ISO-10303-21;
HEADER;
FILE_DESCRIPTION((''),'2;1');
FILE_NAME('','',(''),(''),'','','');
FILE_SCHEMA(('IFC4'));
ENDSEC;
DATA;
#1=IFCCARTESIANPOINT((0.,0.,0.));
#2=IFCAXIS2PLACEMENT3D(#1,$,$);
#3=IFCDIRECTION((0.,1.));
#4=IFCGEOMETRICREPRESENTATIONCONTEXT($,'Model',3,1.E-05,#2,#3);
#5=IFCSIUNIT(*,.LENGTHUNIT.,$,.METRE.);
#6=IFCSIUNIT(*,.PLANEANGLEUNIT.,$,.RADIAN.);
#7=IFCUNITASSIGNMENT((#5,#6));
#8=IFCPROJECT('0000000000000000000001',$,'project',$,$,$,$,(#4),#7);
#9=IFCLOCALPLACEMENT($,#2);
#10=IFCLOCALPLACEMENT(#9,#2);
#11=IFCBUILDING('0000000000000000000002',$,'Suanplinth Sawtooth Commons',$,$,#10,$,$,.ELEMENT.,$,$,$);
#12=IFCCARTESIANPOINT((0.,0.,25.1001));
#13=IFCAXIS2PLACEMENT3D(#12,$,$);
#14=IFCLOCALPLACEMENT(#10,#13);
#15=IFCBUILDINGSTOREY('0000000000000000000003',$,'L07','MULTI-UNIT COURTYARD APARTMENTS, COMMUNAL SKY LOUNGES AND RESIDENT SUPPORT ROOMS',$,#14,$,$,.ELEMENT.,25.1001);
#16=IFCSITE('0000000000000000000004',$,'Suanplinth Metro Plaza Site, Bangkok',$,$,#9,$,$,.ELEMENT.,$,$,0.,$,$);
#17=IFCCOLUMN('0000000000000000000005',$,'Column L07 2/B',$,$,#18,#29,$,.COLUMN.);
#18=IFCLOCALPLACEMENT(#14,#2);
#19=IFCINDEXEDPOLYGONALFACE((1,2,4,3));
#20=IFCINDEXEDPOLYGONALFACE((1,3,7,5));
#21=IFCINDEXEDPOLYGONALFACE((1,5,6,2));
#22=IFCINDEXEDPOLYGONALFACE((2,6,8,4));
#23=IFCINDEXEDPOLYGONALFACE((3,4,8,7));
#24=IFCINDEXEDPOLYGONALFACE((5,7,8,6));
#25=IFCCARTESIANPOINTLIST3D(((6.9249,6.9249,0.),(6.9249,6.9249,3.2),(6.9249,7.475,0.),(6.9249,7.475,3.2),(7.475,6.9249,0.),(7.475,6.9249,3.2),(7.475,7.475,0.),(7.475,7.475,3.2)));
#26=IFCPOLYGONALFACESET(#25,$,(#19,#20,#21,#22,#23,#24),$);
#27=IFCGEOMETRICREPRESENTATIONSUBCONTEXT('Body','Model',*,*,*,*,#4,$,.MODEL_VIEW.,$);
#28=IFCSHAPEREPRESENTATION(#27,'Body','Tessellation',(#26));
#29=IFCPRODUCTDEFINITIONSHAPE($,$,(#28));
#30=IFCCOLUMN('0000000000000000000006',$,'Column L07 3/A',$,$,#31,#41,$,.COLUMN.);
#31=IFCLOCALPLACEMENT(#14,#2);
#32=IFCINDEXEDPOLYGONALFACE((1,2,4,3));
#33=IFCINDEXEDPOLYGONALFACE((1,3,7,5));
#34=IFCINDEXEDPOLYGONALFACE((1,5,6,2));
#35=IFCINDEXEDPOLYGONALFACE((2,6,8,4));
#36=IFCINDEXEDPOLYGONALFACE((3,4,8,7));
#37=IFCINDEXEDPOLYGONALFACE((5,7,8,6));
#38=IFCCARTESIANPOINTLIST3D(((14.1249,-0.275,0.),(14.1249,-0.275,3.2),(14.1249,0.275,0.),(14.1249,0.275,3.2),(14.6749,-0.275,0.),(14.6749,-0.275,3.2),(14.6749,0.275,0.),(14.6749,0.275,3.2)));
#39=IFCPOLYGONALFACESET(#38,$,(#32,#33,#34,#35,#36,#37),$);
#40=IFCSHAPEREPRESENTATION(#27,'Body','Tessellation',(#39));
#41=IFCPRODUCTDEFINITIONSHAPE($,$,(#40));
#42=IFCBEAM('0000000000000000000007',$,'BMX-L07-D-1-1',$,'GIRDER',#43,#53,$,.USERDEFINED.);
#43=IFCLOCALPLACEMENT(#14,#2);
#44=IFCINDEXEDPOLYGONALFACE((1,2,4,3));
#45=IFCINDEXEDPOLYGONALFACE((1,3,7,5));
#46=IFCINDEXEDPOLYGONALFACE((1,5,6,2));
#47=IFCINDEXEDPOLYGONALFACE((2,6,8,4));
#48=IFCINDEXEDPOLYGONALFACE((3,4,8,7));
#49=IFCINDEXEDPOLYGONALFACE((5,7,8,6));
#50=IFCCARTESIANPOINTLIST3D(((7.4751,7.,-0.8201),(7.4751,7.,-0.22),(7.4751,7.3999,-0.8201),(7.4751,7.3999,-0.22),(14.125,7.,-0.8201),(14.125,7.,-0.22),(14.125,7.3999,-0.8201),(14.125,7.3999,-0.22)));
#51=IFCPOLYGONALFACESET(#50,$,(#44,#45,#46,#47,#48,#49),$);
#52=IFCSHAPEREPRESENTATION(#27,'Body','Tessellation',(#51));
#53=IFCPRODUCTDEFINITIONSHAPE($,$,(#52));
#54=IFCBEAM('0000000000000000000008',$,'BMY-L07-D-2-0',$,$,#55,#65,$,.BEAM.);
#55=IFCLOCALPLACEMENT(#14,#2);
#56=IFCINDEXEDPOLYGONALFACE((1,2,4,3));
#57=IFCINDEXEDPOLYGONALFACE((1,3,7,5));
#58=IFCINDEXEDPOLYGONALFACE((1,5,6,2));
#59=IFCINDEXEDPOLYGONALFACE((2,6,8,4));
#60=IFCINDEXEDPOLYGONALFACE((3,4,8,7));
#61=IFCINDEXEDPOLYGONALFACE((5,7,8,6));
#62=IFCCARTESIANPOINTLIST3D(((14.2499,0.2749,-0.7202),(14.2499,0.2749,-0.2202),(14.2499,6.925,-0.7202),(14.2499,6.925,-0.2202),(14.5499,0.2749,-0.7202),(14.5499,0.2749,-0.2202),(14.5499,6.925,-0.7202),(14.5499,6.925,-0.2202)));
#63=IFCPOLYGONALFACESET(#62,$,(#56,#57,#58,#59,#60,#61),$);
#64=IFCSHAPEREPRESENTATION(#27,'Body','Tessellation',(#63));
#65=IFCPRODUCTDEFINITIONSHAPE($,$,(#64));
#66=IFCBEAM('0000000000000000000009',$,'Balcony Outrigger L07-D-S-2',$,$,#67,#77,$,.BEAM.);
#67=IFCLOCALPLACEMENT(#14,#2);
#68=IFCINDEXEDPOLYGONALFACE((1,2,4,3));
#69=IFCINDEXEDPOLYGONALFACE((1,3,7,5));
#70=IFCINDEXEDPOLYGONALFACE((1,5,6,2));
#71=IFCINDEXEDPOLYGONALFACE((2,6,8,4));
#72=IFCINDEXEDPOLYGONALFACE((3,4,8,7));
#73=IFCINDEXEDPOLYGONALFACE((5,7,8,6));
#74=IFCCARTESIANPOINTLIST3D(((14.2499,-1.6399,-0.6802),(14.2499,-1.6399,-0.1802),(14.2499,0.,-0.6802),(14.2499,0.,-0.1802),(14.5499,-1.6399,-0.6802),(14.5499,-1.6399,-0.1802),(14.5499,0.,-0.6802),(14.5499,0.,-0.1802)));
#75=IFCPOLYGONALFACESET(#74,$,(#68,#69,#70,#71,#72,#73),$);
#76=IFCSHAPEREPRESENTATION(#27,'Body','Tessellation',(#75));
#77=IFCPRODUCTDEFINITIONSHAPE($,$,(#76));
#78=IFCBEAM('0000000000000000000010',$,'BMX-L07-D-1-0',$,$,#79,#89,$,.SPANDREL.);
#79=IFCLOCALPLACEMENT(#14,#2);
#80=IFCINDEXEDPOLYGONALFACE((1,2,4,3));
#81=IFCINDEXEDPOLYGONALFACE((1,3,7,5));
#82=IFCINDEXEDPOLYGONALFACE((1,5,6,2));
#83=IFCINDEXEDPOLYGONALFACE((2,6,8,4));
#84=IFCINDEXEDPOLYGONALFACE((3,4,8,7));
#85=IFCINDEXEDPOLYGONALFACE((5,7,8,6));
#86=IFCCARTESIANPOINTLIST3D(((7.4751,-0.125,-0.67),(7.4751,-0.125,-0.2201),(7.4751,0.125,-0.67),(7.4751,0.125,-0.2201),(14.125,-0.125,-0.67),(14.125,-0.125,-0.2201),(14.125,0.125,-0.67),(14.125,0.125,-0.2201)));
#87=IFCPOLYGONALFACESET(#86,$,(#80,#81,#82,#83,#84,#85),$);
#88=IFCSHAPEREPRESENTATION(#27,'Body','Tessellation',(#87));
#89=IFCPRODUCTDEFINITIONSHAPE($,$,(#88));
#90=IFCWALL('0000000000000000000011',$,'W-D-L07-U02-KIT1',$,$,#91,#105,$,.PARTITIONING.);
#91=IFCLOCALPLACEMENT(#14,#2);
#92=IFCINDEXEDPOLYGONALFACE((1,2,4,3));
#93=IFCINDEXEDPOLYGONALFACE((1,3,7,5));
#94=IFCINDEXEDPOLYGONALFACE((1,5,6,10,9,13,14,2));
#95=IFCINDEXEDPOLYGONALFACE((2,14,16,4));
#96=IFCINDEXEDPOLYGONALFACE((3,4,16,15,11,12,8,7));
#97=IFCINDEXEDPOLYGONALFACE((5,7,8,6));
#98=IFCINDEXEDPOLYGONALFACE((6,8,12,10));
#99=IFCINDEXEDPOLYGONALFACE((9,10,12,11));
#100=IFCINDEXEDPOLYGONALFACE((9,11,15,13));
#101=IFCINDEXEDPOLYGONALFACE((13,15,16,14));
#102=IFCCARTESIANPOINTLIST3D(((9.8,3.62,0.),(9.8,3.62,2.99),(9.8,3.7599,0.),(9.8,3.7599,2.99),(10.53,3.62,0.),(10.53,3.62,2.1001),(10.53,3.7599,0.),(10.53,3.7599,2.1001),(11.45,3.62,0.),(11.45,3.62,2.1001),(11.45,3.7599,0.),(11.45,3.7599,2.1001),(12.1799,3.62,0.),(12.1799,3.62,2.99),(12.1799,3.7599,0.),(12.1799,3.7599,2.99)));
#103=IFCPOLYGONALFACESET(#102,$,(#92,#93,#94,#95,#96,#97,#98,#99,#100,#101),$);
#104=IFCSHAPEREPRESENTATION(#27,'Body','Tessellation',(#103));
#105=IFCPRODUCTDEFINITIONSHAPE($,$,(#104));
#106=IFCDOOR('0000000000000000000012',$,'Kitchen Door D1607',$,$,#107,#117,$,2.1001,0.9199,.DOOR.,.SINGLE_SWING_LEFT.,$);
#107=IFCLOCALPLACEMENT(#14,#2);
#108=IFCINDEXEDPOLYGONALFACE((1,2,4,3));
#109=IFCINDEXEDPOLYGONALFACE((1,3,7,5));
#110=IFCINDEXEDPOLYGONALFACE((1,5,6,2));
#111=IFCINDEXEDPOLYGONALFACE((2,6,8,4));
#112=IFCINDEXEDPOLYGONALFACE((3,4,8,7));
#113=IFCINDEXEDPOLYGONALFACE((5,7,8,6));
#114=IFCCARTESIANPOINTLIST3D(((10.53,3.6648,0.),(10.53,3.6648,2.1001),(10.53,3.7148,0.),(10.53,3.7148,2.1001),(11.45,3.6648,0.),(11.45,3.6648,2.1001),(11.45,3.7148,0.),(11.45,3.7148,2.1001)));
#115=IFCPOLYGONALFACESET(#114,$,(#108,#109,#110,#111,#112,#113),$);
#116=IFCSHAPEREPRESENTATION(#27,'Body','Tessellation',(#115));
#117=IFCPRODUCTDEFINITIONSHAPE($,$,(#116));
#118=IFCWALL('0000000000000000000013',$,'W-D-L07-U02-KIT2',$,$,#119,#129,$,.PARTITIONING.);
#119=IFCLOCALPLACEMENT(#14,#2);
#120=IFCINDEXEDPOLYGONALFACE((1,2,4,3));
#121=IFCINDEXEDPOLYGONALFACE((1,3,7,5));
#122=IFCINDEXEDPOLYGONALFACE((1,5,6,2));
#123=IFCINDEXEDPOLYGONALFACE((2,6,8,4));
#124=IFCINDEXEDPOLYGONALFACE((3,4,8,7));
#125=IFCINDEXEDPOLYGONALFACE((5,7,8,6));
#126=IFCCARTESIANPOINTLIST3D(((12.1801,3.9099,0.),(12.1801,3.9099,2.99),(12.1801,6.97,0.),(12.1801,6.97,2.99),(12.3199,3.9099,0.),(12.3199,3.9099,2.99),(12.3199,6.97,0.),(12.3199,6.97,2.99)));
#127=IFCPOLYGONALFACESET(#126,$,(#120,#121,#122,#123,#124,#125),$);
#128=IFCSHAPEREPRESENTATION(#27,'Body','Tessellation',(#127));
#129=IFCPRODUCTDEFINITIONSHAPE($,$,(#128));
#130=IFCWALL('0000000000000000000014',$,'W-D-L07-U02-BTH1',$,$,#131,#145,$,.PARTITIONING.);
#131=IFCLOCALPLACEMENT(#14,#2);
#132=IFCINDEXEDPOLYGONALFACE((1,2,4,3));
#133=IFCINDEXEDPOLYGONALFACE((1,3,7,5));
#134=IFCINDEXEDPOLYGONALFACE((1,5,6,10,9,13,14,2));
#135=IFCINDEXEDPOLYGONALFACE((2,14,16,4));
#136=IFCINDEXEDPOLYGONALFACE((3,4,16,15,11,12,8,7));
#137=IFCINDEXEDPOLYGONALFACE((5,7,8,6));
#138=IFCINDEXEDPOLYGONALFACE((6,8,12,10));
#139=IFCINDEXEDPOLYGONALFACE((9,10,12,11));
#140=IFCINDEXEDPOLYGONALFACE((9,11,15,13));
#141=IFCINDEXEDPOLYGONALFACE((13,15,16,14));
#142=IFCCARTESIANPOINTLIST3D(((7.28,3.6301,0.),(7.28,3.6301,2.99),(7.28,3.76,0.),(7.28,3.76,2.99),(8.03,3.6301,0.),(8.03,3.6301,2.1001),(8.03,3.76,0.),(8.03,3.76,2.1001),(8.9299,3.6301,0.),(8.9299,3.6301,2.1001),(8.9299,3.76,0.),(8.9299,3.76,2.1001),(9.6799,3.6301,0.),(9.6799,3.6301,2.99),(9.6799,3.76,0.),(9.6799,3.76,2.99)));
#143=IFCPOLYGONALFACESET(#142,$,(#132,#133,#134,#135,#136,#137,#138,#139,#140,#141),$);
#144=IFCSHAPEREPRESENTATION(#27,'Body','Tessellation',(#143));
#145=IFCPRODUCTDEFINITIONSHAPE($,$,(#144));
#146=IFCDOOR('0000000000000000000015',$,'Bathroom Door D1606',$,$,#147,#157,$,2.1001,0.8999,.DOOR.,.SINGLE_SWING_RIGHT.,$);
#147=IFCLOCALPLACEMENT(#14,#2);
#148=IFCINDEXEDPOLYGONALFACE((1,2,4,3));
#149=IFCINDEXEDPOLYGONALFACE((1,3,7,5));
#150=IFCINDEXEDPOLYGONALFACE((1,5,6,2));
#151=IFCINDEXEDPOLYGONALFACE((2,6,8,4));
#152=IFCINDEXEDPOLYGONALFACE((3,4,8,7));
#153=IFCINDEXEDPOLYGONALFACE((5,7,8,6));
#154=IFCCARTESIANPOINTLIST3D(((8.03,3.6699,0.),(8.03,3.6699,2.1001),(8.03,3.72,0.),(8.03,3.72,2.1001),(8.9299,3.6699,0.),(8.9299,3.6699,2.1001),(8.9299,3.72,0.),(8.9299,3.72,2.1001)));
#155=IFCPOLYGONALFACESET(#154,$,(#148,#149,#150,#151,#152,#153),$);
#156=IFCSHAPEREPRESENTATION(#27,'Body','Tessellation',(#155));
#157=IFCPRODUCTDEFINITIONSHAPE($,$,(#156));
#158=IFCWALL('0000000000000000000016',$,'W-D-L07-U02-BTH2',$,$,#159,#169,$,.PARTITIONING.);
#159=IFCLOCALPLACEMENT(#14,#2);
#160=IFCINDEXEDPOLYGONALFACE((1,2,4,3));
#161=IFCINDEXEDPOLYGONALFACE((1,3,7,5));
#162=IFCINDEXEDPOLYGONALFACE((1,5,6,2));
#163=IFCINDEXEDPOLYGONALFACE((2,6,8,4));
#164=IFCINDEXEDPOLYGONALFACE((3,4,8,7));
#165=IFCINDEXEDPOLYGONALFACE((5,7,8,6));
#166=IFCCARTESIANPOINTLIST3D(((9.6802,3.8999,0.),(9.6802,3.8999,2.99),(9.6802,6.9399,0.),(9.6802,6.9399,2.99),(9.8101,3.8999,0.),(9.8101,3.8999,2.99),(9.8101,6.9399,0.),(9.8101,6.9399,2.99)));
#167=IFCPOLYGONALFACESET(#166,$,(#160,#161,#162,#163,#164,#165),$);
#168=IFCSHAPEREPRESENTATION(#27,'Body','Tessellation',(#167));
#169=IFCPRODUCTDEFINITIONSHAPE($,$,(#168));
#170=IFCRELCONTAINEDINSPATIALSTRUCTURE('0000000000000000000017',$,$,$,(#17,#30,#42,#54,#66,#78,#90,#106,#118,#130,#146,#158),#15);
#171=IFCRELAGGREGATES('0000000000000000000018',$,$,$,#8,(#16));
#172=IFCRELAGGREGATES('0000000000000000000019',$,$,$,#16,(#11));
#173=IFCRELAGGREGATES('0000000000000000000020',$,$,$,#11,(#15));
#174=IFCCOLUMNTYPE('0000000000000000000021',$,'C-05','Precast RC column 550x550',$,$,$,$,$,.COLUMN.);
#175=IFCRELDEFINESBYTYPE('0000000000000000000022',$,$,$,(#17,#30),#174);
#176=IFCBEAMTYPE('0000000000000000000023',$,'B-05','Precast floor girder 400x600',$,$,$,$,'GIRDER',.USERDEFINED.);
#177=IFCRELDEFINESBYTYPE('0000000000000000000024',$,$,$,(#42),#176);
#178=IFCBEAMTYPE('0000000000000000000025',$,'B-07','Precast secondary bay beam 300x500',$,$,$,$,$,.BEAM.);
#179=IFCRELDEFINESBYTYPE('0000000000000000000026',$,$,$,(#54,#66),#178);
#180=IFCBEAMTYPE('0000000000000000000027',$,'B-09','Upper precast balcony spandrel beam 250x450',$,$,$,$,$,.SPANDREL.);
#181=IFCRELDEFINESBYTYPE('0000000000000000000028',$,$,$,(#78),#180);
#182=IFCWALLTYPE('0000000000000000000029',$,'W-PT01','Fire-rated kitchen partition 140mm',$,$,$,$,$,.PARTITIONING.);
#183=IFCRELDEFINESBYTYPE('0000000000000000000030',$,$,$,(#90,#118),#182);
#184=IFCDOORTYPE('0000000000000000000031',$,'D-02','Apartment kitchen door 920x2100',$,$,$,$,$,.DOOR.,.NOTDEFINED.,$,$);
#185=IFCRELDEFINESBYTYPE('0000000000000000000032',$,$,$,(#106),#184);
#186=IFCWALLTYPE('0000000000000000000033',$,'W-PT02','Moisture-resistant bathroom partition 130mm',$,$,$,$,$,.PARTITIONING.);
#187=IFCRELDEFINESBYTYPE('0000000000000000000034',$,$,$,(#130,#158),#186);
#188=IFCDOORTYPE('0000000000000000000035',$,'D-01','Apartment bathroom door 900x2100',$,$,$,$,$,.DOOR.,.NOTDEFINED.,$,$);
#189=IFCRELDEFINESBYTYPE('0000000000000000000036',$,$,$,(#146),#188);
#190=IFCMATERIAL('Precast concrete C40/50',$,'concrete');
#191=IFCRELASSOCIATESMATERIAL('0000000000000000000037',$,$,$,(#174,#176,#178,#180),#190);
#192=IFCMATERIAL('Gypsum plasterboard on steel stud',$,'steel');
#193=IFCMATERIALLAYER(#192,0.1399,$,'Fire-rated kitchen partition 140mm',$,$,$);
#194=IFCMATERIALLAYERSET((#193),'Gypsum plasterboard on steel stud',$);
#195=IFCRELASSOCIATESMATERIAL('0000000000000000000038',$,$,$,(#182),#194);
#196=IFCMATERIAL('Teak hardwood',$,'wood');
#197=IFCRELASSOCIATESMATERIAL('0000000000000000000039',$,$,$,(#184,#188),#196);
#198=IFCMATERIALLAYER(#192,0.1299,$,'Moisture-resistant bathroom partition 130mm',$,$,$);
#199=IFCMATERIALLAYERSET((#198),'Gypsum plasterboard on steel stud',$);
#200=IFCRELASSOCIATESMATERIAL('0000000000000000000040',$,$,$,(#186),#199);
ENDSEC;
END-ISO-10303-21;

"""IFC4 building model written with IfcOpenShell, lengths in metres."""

from ifc_helpers import new_model, si_unit, direction, frame, frame_2d, origin, origin_2d, place, context, subcontext, project, spatial, rectangle, extrude, material, layer, layer_set, material_profile, profile_set, type_object, element, fill, save


model = new_model("IFC4")

# Units and contexts
model_context = context("Model", 3, precision=1e-05, world=origin(), true_north=direction((0.0, 1.0)))
body_context = subcontext(model_context, "Body", "Model", "MODEL_VIEW")
ifc_project = project(units=[si_unit("LENGTHUNIT", "METRE"), si_unit("PLANEANGLEUNIT", "RADIAN")], contexts=[model_context])

# Site, building, storey
site_placement = place(None, origin())
site = spatial("IfcSite", under=ifc_project, at=site_placement, Name="Suanplinth Metro Plaza Site, Bangkok", CompositionType="ELEMENT", RefElevation=0.0)
building_placement = place(site_placement, origin())
building = spatial("IfcBuilding", under=site, at=building_placement, Name="Suanplinth Sawtooth Commons", CompositionType="ELEMENT")
storey_placement = place(building_placement, frame((0.0, 0.0, 25.1001)))
storey = spatial("IfcBuildingStorey", under=building, at=storey_placement, Name="L07", Description="MULTI-UNIT COURTYARD APARTMENTS, COMMUNAL SKY LOUNGES AND RESIDENT SUPPORT ROOMS", CompositionType="ELEMENT", Elevation=25.1001)

# Columns
ifc_material_1 = material(Name="Precast concrete C40/50", Category="concrete")
ifc_material_profile_1 = material_profile(ifc_material_1, rectangle(XDim=0.55, YDim=0.55, at=origin_2d()), Name="PC-COL 550x550")
ifc_profile_set_1 = profile_set([ifc_material_profile_1], Name="Precast concrete C40/50")
column_type = type_object("IfcColumnType", Name="C-05", Description="Precast RC column 550x550", PredefinedType="COLUMN", material=ifc_profile_set_1)
for number, where, z_axis, x_axis, name in (
    (1, (7.2, 7.2, 0.0), (0.0, 0.0, 1.0), (1.0, 0.0, 0.0), "Column L07 2/B"),
    (2, (14.3999, 0.0, 0.0), (0.0, 0.0, 1.0), (1.0, 0.0, 0.0), "Column L07 3/A"),
):
    element("IfcColumn", number, at=place(storey_placement, frame(where, z_axis=z_axis, x_axis=x_axis)), inside=storey, type_object=column_type, Name=name, PredefinedType="COLUMN", context=body_context, shape_type="SweptSolid", body=[
        extrude(rectangle(XDim=0.55, YDim=0.55, at=origin_2d()), origin(), (0.0, 0.0, 1.0), 3.2),
    ])

# Beams
ifc_material_profile_2 = material_profile(ifc_material_1, rectangle(XDim=0.3999, YDim=0.6001, at=origin_2d()), Name="PC-GDR 400x600")
ifc_profile_set_2 = profile_set([ifc_material_profile_2], Name="Precast concrete C40/50")
beam_type_1 = type_object("IfcBeamType", Name="B-05", Description="Precast floor girder 400x600", ElementType="GIRDER", PredefinedType="USERDEFINED", material=ifc_profile_set_2)
beam_1_placement = place(storey_placement, frame((7.4751, 7.2, -0.52), z_axis=(1.0, 0.0, 0.0), x_axis=(0.0, 1.0, 0.0)))
element("IfcBeam", 3, at=beam_1_placement, inside=storey, type_object=beam_type_1, Name="BMX-L07-D-1-1", ObjectType="GIRDER", PredefinedType="USERDEFINED", context=body_context, shape_type="SweptSolid", body=[
    extrude(rectangle(XDim=0.3999, YDim=0.6001, at=origin_2d()), origin(), (0.0, 0.0, 1.0), 6.6499),
])
ifc_material_profile_3 = material_profile(ifc_material_1, rectangle(XDim=0.3, YDim=0.5, at=origin_2d()), Name="PC-BM 300x500")
ifc_profile_set_3 = profile_set([ifc_material_profile_3], Name="Precast concrete C40/50")
beam_type_2 = type_object("IfcBeamType", Name="B-07", Description="Precast secondary bay beam 300x500", PredefinedType="BEAM", material=ifc_profile_set_3)
beam_2_placement = place(storey_placement, frame((14.3999, 0.2749, -0.4702), z_axis=(0.0, 1.0, 0.0), x_axis=(-1.0, 0.0, 0.0)))
element("IfcBeam", 4, at=beam_2_placement, inside=storey, type_object=beam_type_2, Name="BMY-L07-D-2-0", PredefinedType="BEAM", context=body_context, shape_type="SweptSolid", body=[
    extrude(rectangle(XDim=0.3, YDim=0.5, at=origin_2d()), origin(), (0.0, 0.0, 1.0), 6.6501),
])
beam_3_placement = place(storey_placement, frame((14.3999, 0.0, -0.4302), z_axis=(0.0, -1.0, 0.0), x_axis=(1.0, 0.0, 0.0)))
element("IfcBeam", 5, at=beam_3_placement, inside=storey, type_object=beam_type_2, Name="Balcony Outrigger L07-D-S-2", PredefinedType="BEAM", context=body_context, shape_type="SweptSolid", body=[
    extrude(rectangle(XDim=0.3, YDim=0.5, at=origin_2d()), origin(), (0.0, 0.0, 1.0), 1.6399),
])
ifc_material_profile_4 = material_profile(ifc_material_1, rectangle(XDim=0.25, YDim=0.45, at=origin_2d()), Name="PC-SP 250x450")
ifc_profile_set_4 = profile_set([ifc_material_profile_4], Name="Precast concrete C40/50")
beam_type_3 = type_object("IfcBeamType", Name="B-09", Description="Upper precast balcony spandrel beam 250x450", PredefinedType="SPANDREL", material=ifc_profile_set_4)
beam_4_placement = place(storey_placement, frame((7.4751, 0.0, -0.4451), z_axis=(1.0, 0.0, 0.0), x_axis=(0.0, 1.0, 0.0)))
element("IfcBeam", 6, at=beam_4_placement, inside=storey, type_object=beam_type_3, Name="BMX-L07-D-1-0", PredefinedType="SPANDREL", context=body_context, shape_type="SweptSolid", body=[
    extrude(rectangle(XDim=0.25, YDim=0.45, at=origin_2d()), origin(), (0.0, 0.0, 1.0), 6.6499),
])

# Wall, opening, door
ifc_material_2 = material(Name="Gypsum plasterboard on steel stud", Category="steel")
ifc_layer_1 = layer(ifc_material_2, 0.1399, Name="Fire-rated kitchen partition 140mm")
ifc_layer_set_1 = layer_set([ifc_layer_1], Name="Gypsum plasterboard on steel stud")
wall_type_1 = type_object("IfcWallType", Name="W-PT01", Description="Fire-rated kitchen partition 140mm", PredefinedType="PARTITIONING", material=ifc_layer_set_1)
wall_1_placement = place(storey_placement, frame((9.8, 3.6899, 0.0), z_axis=(0.0, 0.0, 1.0), x_axis=(1.0, 0.0, 0.0)))
wall_1 = element("IfcWall", 7, at=wall_1_placement, inside=storey, type_object=wall_type_1, Name="W-D-L07-U02-KIT1", PredefinedType="PARTITIONING", context=body_context, shape_type="SweptSolid", body=[
    extrude(rectangle(XDim=2.3799, YDim=0.1399, at=frame_2d((1.1899, 0.0))), origin(), (0.0, 0.0, 1.0), 2.99),
])
opening_1_placement = place(wall_1_placement, frame((0.73, 0.0, 0.0)))
opening_1 = element("IfcOpeningElement", 8, at=opening_1_placement, cuts=wall_1, PredefinedType="OPENING", context=body_context, shape_type="SweptSolid", body=[
    extrude(rectangle(XDim=0.9199, YDim=2.1001, at=frame_2d((0.46, 1.05))), frame((0.0, 0.085, 0.0), z_axis=(0.0, -1.0, 0.0), x_axis=(1.0, 0.0, 0.0)), (0.0, 0.0, 1.0), 0.1697),
])
ifc_material_3 = material(Name="Teak hardwood", Category="wood")
door_type_1 = type_object("IfcDoorType", Name="D-02", Description="Apartment kitchen door 920x2100", OperationType="NOTDEFINED", PredefinedType="DOOR", material=ifc_material_3)
door_1_placement = place(opening_1_placement, origin())
door_1 = element("IfcDoor", 9, at=door_1_placement, inside=storey, type_object=door_type_1, Name="Kitchen Door D1607", OperationType="SINGLE_SWING_LEFT", OverallHeight=2.1001, OverallWidth=0.9199, PredefinedType="DOOR", context=body_context, shape_type="SweptSolid", body=[
    extrude(rectangle(XDim=0.9199, YDim=2.1001, at=frame_2d((0.46, 1.05))), frame((0.0, 0.0249, 0.0), z_axis=(0.0, -1.0, 0.0), x_axis=(1.0, 0.0, 0.0)), (0.0, 0.0, 1.0), 0.05),
])
fill(opening_1, door_1)

# Wall
wall_2_placement = place(storey_placement, frame((12.25, 3.9099, 0.0), z_axis=(0.0, 0.0, 1.0), x_axis=(0.0, 1.0, 0.0)))
element("IfcWall", 10, at=wall_2_placement, inside=storey, type_object=wall_type_1, Name="W-D-L07-U02-KIT2", PredefinedType="PARTITIONING", context=body_context, shape_type="SweptSolid", body=[
    extrude(rectangle(XDim=3.0601, YDim=0.1399, at=frame_2d((1.53, 0.0))), origin(), (0.0, 0.0, 1.0), 2.99),
])

# Wall, opening, door
ifc_layer_2 = layer(ifc_material_2, 0.1299, Name="Moisture-resistant bathroom partition 130mm")
ifc_layer_set_2 = layer_set([ifc_layer_2], Name="Gypsum plasterboard on steel stud")
wall_type_2 = type_object("IfcWallType", Name="W-PT02", Description="Moisture-resistant bathroom partition 130mm", PredefinedType="PARTITIONING", material=ifc_layer_set_2)
wall_3_placement = place(storey_placement, frame((7.28, 3.6951, 0.0), z_axis=(0.0, 0.0, 1.0), x_axis=(1.0, 0.0, 0.0)))
wall_3 = element("IfcWall", 11, at=wall_3_placement, inside=storey, type_object=wall_type_2, Name="W-D-L07-U02-BTH1", PredefinedType="PARTITIONING", context=body_context, shape_type="SweptSolid", body=[
    extrude(rectangle(XDim=2.3999, YDim=0.1299, at=frame_2d((1.2, 0.0))), origin(), (0.0, 0.0, 1.0), 2.99),
])
opening_2_placement = place(wall_3_placement, frame((0.75, 0.0, 0.0)))
opening_2 = element("IfcOpeningElement", 12, at=opening_2_placement, cuts=wall_3, PredefinedType="OPENING", context=body_context, shape_type="SweptSolid", body=[
    extrude(rectangle(XDim=0.8999, YDim=2.1001, at=frame_2d((0.45, 1.05))), frame((0.0, 0.0798, 0.0), z_axis=(0.0, -1.0, 0.0), x_axis=(1.0, 0.0, 0.0)), (0.0, 0.0, 1.0), 0.1597),
])
door_type_2 = type_object("IfcDoorType", Name="D-01", Description="Apartment bathroom door 900x2100", OperationType="NOTDEFINED", PredefinedType="DOOR", material=ifc_material_3)
door_2_placement = place(opening_2_placement, origin())
door_2 = element("IfcDoor", 13, at=door_2_placement, inside=storey, type_object=door_type_2, Name="Bathroom Door D1606", OperationType="SINGLE_SWING_RIGHT", OverallHeight=2.1001, OverallWidth=0.8999, PredefinedType="DOOR", context=body_context, shape_type="SweptSolid", body=[
    extrude(rectangle(XDim=0.8999, YDim=2.1001, at=frame_2d((0.45, 1.05))), frame((0.0, 0.0249, 0.0), z_axis=(0.0, -1.0, 0.0), x_axis=(1.0, 0.0, 0.0)), (0.0, 0.0, 1.0), 0.05),
])
fill(opening_2, door_2)

# Wall
wall_4_placement = place(storey_placement, frame((9.7451, 3.8999, 0.0), z_axis=(0.0, 0.0, 1.0), x_axis=(0.0, 1.0, 0.0)))
element("IfcWall", 14, at=wall_4_placement, inside=storey, type_object=wall_type_2, Name="W-D-L07-U02-BTH2", PredefinedType="PARTITIONING", context=body_context, shape_type="SweptSolid", body=[
    extrude(rectangle(XDim=3.04, YDim=0.1299, at=frame_2d((1.52, 0.0))), origin(), (0.0, 0.0, 1.0), 2.99),
])

save(model, "model.ifc")
